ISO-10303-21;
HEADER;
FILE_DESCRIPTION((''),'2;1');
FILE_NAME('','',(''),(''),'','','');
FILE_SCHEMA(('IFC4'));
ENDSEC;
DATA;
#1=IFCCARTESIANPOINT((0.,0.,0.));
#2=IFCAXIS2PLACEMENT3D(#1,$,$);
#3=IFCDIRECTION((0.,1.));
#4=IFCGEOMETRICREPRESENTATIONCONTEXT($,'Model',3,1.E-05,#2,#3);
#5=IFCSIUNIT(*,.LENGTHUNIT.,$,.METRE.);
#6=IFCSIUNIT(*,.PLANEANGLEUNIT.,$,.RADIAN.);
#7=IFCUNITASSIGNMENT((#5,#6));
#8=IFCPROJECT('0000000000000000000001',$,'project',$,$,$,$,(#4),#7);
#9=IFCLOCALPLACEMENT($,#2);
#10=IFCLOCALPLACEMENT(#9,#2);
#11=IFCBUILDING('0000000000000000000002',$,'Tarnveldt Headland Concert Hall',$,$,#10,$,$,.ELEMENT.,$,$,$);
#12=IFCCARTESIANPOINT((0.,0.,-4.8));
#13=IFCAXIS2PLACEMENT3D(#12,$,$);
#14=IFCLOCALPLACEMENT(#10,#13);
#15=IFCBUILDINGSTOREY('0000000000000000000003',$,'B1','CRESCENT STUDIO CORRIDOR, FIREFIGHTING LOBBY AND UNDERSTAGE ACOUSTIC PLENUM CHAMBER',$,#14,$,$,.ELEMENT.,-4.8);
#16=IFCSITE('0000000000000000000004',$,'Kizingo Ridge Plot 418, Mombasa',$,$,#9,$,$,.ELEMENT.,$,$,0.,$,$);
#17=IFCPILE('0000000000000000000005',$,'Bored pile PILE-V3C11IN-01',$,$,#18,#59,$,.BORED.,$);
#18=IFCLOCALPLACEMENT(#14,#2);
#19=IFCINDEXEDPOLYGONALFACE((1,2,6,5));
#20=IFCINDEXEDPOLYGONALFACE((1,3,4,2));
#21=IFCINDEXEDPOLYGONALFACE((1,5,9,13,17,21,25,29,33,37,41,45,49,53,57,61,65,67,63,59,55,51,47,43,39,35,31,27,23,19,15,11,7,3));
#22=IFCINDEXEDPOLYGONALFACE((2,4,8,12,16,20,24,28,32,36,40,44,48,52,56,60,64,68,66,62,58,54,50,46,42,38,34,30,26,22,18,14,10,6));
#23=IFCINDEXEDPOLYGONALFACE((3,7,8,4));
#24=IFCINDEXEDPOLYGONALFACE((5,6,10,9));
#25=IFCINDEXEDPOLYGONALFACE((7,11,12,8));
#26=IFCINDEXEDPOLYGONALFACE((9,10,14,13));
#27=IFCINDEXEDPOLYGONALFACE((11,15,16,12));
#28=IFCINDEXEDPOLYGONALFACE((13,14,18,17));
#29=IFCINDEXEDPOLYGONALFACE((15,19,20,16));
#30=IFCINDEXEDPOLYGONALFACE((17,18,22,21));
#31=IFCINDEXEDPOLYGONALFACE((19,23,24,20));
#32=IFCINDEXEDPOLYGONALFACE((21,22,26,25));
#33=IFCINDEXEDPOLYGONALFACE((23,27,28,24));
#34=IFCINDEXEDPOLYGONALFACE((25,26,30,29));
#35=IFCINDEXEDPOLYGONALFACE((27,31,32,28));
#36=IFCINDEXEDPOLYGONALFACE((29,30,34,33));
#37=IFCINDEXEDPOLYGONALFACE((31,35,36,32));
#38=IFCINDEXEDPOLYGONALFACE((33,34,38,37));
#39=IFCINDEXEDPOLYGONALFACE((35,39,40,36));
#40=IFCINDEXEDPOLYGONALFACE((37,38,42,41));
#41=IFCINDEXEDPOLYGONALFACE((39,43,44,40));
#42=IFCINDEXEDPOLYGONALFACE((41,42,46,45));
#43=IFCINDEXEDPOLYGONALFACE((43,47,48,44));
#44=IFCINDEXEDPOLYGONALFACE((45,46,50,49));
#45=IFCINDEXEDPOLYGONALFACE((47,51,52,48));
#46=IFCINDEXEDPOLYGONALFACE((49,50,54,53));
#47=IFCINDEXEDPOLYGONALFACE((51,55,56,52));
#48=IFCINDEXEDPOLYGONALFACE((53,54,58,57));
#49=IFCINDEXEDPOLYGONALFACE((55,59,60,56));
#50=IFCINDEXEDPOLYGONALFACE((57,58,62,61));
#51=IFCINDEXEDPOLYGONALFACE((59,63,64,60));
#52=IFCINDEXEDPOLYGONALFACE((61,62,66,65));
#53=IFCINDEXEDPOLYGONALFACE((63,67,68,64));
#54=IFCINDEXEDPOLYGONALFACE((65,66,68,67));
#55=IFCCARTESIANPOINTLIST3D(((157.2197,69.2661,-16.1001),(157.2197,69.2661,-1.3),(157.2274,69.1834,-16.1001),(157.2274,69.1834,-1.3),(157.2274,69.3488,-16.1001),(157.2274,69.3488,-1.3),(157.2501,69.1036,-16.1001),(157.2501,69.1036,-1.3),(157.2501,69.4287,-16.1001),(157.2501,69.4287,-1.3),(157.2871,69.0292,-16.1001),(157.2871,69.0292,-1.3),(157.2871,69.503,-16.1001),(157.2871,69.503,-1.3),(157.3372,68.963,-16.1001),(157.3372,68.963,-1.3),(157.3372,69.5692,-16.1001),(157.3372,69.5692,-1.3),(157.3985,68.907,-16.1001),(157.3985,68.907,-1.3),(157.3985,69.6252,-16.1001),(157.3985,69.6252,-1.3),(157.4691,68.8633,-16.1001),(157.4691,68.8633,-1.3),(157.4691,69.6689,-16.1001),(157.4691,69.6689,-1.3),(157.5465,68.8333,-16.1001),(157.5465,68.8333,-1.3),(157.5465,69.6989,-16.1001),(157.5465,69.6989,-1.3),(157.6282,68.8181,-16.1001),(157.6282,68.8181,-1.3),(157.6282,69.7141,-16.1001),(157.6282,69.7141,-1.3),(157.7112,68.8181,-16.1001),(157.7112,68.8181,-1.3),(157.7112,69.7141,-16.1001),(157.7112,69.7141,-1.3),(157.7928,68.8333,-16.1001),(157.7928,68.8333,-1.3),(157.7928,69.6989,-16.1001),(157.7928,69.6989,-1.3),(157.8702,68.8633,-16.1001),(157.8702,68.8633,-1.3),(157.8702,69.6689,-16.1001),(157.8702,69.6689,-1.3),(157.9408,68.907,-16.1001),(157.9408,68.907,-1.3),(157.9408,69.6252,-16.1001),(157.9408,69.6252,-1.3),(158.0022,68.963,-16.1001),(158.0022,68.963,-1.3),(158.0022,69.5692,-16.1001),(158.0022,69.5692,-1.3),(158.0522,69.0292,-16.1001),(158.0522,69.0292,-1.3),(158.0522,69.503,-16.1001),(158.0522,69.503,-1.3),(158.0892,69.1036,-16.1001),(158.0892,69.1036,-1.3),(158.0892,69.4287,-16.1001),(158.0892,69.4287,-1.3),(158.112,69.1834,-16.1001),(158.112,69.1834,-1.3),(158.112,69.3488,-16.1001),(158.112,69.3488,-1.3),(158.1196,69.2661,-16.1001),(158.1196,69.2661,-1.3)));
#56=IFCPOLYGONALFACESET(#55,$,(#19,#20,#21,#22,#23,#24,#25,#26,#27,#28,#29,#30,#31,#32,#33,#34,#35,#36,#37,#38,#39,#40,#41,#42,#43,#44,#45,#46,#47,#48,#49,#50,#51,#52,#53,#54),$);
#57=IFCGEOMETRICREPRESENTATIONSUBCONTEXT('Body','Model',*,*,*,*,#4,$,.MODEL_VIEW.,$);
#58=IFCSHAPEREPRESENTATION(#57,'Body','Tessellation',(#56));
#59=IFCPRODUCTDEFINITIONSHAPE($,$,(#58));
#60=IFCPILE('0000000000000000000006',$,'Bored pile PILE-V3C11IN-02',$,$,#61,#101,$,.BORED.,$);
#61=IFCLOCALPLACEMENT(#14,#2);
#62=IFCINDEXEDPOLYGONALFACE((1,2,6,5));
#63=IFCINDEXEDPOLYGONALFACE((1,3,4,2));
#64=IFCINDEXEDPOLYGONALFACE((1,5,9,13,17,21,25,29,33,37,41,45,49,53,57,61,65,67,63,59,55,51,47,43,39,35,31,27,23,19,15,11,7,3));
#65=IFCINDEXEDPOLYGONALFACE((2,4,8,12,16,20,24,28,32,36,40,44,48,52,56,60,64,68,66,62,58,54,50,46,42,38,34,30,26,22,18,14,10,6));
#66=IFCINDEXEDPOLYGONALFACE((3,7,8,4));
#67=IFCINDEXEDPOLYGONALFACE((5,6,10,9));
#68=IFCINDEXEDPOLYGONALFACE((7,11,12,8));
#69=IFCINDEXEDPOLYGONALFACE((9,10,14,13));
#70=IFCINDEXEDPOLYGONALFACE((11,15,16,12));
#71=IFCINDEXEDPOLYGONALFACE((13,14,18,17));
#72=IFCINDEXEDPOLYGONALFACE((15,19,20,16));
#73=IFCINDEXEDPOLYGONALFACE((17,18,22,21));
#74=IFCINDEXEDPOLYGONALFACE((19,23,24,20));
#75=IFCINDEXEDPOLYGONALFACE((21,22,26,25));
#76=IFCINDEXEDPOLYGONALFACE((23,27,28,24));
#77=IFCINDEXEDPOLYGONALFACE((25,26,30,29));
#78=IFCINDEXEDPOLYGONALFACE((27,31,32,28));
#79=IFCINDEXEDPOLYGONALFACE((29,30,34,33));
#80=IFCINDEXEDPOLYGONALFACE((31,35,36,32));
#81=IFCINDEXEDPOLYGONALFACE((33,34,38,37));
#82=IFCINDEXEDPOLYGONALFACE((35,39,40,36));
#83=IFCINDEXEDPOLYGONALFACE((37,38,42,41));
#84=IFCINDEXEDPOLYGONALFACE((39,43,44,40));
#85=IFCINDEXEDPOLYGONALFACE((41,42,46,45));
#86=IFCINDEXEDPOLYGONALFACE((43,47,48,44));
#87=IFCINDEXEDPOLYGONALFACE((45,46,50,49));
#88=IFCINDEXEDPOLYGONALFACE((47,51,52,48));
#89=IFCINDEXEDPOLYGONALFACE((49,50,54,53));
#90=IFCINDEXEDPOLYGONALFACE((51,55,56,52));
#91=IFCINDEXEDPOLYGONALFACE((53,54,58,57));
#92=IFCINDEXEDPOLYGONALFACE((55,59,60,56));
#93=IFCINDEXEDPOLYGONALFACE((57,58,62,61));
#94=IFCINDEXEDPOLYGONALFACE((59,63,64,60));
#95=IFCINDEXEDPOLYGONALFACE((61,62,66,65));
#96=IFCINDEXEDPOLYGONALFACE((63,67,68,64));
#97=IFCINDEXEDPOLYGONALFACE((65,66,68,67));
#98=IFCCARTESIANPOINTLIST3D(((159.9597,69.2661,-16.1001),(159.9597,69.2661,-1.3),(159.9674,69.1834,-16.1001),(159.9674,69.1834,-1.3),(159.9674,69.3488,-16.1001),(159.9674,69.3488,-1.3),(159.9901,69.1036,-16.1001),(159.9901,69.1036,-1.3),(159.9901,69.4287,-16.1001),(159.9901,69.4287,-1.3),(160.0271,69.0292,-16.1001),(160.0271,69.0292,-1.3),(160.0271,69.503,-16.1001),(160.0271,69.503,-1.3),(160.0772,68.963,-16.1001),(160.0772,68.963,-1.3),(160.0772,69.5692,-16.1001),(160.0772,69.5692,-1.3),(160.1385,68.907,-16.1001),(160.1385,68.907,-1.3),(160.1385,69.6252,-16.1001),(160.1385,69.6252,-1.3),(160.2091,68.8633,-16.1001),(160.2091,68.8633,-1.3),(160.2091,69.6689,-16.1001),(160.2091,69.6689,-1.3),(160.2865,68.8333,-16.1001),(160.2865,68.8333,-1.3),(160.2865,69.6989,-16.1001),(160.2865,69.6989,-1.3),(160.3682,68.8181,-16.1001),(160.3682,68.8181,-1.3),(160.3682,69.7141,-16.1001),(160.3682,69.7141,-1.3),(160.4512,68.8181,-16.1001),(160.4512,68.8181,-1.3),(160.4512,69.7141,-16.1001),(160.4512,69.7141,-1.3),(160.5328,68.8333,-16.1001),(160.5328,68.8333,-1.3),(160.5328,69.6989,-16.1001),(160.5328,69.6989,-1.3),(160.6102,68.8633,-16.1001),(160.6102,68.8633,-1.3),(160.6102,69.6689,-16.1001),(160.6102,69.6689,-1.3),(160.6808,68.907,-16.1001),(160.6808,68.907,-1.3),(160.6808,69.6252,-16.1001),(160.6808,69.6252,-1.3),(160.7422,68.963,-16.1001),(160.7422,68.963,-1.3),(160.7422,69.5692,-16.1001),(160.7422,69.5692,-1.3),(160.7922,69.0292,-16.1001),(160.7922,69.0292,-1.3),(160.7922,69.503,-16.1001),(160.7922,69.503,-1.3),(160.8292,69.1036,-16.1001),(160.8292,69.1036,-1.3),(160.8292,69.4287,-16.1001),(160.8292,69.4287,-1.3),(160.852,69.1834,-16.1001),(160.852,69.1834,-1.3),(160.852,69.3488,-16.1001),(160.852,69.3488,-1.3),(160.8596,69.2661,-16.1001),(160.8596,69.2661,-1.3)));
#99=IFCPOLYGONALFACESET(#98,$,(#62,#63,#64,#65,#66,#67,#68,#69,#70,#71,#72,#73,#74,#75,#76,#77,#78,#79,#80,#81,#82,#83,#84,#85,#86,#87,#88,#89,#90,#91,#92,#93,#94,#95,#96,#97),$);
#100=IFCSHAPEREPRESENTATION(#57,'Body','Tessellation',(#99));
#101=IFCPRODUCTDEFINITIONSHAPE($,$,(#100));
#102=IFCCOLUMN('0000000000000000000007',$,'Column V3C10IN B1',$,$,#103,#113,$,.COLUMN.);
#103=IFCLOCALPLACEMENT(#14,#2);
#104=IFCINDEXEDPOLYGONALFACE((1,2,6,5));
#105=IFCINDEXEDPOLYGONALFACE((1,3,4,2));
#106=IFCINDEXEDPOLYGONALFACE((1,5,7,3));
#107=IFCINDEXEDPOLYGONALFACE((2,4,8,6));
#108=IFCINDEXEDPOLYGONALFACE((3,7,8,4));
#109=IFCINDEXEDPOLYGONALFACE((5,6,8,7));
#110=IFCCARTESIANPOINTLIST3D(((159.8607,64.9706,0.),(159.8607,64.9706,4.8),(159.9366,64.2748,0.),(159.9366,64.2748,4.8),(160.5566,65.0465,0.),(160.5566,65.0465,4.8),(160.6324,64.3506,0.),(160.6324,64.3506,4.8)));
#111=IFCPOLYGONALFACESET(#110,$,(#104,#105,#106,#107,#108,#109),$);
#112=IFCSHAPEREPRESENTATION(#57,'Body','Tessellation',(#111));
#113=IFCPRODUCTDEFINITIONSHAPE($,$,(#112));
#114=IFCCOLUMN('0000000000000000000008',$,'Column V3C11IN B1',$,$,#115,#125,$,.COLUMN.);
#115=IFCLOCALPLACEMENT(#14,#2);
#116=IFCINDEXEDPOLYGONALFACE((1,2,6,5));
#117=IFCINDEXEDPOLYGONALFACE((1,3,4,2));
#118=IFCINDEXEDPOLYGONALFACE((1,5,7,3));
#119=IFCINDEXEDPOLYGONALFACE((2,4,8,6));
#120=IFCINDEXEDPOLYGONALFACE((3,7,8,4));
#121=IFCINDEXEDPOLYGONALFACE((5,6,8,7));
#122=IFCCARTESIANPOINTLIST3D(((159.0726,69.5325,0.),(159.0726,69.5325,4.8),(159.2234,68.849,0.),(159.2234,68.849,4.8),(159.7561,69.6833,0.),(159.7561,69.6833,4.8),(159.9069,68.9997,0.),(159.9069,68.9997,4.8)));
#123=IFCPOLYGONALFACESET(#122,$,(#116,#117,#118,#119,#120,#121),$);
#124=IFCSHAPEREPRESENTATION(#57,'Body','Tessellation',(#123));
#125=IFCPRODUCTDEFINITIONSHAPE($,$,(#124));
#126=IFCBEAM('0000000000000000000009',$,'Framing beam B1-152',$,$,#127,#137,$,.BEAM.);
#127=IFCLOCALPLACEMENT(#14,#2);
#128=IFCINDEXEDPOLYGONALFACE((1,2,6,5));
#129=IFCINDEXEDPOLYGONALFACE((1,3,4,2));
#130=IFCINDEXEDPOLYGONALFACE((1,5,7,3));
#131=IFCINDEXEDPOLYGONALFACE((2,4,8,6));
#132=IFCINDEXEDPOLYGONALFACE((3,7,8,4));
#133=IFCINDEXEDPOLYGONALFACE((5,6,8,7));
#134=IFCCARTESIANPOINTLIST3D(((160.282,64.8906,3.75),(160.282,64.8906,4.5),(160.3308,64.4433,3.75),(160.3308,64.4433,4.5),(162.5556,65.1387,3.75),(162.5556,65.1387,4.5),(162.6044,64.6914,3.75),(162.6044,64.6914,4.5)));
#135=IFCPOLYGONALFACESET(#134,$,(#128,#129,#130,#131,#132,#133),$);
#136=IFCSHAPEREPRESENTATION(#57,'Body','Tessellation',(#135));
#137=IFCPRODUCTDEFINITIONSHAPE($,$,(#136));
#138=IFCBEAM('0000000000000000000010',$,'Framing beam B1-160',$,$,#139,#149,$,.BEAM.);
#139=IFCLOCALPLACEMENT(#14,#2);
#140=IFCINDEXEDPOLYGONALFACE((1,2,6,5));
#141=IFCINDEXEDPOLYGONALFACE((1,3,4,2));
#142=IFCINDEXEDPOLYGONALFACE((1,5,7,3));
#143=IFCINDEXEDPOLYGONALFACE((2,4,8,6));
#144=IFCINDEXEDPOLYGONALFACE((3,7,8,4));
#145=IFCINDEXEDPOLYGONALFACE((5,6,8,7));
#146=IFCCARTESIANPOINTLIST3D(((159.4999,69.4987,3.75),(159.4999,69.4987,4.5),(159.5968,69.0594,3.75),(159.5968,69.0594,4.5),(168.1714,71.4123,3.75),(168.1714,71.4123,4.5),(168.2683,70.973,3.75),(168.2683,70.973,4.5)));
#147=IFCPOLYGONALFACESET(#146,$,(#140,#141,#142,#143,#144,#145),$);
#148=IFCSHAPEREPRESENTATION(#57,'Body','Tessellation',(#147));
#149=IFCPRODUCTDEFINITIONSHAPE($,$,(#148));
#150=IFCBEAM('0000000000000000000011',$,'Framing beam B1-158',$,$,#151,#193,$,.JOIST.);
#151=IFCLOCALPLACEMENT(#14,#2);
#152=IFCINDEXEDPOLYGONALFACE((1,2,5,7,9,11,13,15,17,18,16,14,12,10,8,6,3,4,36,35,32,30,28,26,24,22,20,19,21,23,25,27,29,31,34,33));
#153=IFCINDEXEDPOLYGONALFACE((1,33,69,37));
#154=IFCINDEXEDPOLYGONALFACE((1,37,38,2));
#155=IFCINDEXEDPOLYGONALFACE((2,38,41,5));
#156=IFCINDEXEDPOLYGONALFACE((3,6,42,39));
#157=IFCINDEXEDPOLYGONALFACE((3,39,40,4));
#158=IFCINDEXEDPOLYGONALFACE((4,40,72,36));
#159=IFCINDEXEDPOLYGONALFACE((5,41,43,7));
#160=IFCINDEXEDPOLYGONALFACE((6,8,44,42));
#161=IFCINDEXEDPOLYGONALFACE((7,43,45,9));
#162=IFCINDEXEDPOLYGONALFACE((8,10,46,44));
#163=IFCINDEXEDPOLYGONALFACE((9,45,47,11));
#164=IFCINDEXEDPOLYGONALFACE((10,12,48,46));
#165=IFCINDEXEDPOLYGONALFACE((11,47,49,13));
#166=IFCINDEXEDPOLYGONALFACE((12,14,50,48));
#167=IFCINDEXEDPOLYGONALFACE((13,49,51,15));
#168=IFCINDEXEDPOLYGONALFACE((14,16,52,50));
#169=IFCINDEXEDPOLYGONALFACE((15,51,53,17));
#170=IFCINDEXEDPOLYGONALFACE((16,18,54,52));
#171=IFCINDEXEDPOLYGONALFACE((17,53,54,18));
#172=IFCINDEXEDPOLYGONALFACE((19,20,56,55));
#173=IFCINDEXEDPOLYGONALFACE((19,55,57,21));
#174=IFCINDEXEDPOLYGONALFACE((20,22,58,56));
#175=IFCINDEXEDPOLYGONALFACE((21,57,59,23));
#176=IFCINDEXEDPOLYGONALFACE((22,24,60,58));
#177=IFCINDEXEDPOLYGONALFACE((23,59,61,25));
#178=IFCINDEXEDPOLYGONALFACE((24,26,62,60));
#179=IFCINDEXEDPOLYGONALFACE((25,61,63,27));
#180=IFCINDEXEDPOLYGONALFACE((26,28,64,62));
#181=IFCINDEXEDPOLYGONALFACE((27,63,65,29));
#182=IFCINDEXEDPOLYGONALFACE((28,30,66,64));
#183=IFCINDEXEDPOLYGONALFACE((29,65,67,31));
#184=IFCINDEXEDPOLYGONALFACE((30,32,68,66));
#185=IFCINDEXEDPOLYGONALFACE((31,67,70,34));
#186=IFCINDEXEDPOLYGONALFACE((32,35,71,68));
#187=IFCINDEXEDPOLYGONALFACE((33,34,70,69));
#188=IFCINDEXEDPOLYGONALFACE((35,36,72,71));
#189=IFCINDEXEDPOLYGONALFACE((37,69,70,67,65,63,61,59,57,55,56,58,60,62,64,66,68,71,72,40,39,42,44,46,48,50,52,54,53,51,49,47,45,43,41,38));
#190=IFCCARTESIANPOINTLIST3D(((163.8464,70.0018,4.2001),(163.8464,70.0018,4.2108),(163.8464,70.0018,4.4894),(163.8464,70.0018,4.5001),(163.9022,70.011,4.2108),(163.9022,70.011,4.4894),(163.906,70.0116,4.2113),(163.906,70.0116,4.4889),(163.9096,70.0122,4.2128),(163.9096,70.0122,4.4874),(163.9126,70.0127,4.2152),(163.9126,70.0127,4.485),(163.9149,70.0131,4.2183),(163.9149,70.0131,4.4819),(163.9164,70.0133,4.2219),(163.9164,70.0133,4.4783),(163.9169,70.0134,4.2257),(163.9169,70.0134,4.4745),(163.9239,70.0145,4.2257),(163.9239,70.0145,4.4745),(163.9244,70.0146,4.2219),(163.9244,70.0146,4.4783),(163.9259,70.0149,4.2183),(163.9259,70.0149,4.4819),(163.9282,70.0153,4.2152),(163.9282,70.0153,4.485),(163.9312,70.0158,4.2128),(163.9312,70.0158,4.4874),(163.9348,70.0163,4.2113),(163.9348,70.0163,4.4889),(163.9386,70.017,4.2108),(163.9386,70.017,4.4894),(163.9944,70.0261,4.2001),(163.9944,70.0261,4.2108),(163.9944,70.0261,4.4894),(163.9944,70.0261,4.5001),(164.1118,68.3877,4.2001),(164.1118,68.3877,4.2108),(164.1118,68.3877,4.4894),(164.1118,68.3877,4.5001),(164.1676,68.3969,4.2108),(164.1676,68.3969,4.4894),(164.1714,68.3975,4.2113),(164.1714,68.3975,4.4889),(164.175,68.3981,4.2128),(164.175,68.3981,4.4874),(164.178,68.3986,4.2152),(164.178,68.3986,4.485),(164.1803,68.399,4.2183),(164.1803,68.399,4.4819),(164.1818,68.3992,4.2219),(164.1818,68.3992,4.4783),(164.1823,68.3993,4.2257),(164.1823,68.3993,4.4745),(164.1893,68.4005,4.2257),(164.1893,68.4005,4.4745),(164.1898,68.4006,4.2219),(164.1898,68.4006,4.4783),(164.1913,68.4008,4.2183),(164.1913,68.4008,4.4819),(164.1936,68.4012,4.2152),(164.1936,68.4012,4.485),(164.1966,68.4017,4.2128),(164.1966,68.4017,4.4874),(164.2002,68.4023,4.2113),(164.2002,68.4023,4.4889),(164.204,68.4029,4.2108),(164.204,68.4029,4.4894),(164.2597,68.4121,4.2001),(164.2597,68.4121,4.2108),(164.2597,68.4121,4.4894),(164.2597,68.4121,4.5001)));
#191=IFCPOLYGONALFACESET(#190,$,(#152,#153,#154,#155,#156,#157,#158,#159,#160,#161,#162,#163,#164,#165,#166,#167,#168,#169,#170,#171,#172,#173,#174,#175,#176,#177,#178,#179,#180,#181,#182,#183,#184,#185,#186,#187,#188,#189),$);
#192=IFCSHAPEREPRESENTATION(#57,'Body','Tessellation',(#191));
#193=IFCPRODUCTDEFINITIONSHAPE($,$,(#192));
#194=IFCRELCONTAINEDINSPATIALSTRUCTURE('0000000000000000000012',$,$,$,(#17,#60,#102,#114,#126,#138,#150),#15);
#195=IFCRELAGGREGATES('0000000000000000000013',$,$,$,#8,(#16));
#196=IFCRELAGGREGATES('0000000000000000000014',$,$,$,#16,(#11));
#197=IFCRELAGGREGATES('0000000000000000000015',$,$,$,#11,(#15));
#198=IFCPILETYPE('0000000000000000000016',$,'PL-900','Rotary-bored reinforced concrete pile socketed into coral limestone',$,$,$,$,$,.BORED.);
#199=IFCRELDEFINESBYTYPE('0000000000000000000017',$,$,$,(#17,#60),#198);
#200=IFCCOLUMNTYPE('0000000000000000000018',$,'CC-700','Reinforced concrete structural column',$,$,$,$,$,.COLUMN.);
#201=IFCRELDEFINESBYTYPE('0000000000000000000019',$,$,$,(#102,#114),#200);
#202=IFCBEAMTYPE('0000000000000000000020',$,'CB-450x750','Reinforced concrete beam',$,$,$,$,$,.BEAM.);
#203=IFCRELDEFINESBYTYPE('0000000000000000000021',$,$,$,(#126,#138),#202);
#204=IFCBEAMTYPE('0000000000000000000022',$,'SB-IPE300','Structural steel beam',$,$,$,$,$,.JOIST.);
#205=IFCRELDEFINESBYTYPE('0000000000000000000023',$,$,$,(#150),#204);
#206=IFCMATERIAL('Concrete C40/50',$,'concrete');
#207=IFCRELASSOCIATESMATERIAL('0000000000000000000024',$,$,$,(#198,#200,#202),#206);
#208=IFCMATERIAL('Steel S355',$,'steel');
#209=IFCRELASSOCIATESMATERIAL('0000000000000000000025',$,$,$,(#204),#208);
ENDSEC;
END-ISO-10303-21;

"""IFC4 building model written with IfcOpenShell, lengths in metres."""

from ifc_helpers import new_model, si_unit, direction, frame, origin, origin_2d, place, context, subcontext, project, spatial, rectangle, circle, i_section, extrude, material, material_profile, profile_set, type_object, element, save


model = new_model("IFC4")

# Units and contexts
model_context = context("Model", 3, precision=1e-05, world=origin(), true_north=direction((0.0, 1.0)))
body_context = subcontext(model_context, "Body", "Model", "MODEL_VIEW")
ifc_project = project(units=[si_unit("LENGTHUNIT", "METRE"), si_unit("PLANEANGLEUNIT", "RADIAN")], contexts=[model_context])

# Site, building, storey
site_placement = place(None, origin())
site = spatial("IfcSite", under=ifc_project, at=site_placement, Name="Kizingo Ridge Plot 418, Mombasa", CompositionType="ELEMENT", RefElevation=0.0)
building_placement = place(site_placement, origin())
building = spatial("IfcBuilding", under=site, at=building_placement, Name="Tarnveldt Headland Concert Hall", CompositionType="ELEMENT")
storey_placement = place(building_placement, frame((0.0, 0.0, -4.8)))
storey = spatial("IfcBuildingStorey", under=building, at=storey_placement, Name="B1", Description="CRESCENT STUDIO CORRIDOR, FIREFIGHTING LOBBY AND UNDERSTAGE ACOUSTIC PLENUM CHAMBER", CompositionType="ELEMENT", Elevation=-4.8)

# Shared definitions
ifc_material_1 = material(Name="Concrete C40/50", Category="concrete")

# Piles
ifc_material_profile_1 = material_profile(ifc_material_1, circle(Radius=0.45, at=origin_2d()), Name="BORED PILE D900", Category="concrete")
ifc_profile_set_1 = profile_set([ifc_material_profile_1], Name="Concrete C40/50")
pile_type_1 = type_object("IfcPileType", Name="PL-900", Description="Rotary-bored reinforced concrete pile socketed into coral limestone", PredefinedType="BORED", material=ifc_profile_set_1)
for number, where, z_axis, x_axis, name in (
    (1, (157.6697, 69.2661, -1.3), (0.0, 0.0, -1.0), (1.0, 0.0, 0.0), "Bored pile PILE-V3C11IN-01"),
    (2, (160.4097, 69.2661, -1.3), (0.0, 0.0, -1.0), (1.0, 0.0, 0.0), "Bored pile PILE-V3C11IN-02"),
):
    element("IfcPile", number, at=place(storey_placement, frame(where, z_axis=z_axis, x_axis=x_axis)), inside=storey, type_object=pile_type_1, Name=name, PredefinedType="BORED", context=body_context, shape_type="SweptSolid", body=[
        extrude(circle(Radius=0.45, at=origin_2d()), origin(), (0.0, 0.0, 1.0), 14.8),
    ])

# Columns
ifc_material_profile_2 = material_profile(ifc_material_1, rectangle(XDim=0.7, YDim=0.7, at=origin_2d()), Name="RC 700x700", Category="concrete")
ifc_profile_set_2 = profile_set([ifc_material_profile_2], Name="Concrete C40/50")
column_type = type_object("IfcColumnType", Name="CC-700", Description="Reinforced concrete structural column", PredefinedType="COLUMN", material=ifc_profile_set_2)
for number, where, z_axis, x_axis, name in (
    (3, (160.2466, 64.6606, 0.0), (0.0, 0.0, 1.0), (0.994113, 0.108346, 0.0), "Column V3C10IN B1"),
    (4, (159.4897, 69.2661, 0.0), (0.0, 0.0, 1.0), (0.976522, 0.215417, 0.0), "Column V3C11IN B1"),
):
    element("IfcColumn", number, at=place(storey_placement, frame(where, z_axis=z_axis, x_axis=x_axis)), inside=storey, type_object=column_type, Name=name, PredefinedType="COLUMN", context=body_context, shape_type="SweptSolid", body=[
        extrude(rectangle(XDim=0.7, YDim=0.7, at=origin_2d()), origin(), (0.0, 0.0, 1.0), 4.8),
    ])

# Beams
ifc_material_profile_3 = material_profile(ifc_material_1, rectangle(XDim=0.45, YDim=0.75, at=origin_2d()), Name="RC 450x750", Category="concrete")
ifc_profile_set_3 = profile_set([ifc_material_profile_3], Name="Concrete C40/50")
beam_type_1 = type_object("IfcBeamType", Name="CB-450x750", Description="Reinforced concrete beam", PredefinedType="BEAM", material=ifc_profile_set_3)
beam_1_placement = place(storey_placement, frame((160.3064, 64.667, 4.125), z_axis=(0.994102, 0.108451, 0.0), x_axis=(-0.108451, 0.994102, 0.0)))
element("IfcBeam", 5, at=beam_1_placement, inside=storey, type_object=beam_type_1, Name="Framing beam B1-152", PredefinedType="BEAM", context=body_context, shape_type="SweptSolid", body=[
    extrude(rectangle(XDim=0.45, YDim=0.75, at=origin_2d()), origin(), (0.0, 0.0, 1.0), 2.2871),
])
beam_2_placement = place(storey_placement, frame((159.5483, 69.2791, 4.125), z_axis=(0.976506, 0.215492, 0.0), x_axis=(-0.215492, 0.976506, 0.0)))
element("IfcBeam", 6, at=beam_2_placement, inside=storey, type_object=beam_type_1, Name="Framing beam B1-160", PredefinedType="BEAM", context=body_context, shape_type="SweptSolid", body=[
    extrude(rectangle(XDim=0.45, YDim=0.75, at=origin_2d()), origin(), (0.0, 0.0, 1.0), 8.8801),
])
ifc_material_2 = material(Name="Steel S355", Category="steel")
ifc_material_profile_4 = material_profile(ifc_material_2, i_section(OverallWidth=0.1499, OverallDepth=0.3, WebThickness=0.0071, FlangeThickness=0.0107, FilletRadius=0.0149, at=origin_2d()), Name="IPE300", Category="steel")
ifc_profile_set_4 = profile_set([ifc_material_profile_4], Name="Steel S355")
beam_type_2 = type_object("IfcBeamType", Name="SB-IPE300", Description="Structural steel beam", PredefinedType="JOIST", material=ifc_profile_set_4)
beam_3_placement = place(storey_placement, frame((164.1858, 68.3999, 4.3501), z_axis=(-0.162244, 0.986751, 0.0), x_axis=(-0.986751, -0.162244, 0.0)))
element("IfcBeam", 7, at=beam_3_placement, inside=storey, type_object=beam_type_2, Name="Framing beam B1-158", PredefinedType="JOIST", context=body_context, shape_type="SweptSolid", body=[
    extrude(i_section(OverallWidth=0.1499, OverallDepth=0.3, WebThickness=0.0071, FlangeThickness=0.0107, FilletRadius=0.0149, at=origin_2d()), origin(), (0.0, 0.0, 1.0), 1.6357),
])

save(model, "model.ifc")
